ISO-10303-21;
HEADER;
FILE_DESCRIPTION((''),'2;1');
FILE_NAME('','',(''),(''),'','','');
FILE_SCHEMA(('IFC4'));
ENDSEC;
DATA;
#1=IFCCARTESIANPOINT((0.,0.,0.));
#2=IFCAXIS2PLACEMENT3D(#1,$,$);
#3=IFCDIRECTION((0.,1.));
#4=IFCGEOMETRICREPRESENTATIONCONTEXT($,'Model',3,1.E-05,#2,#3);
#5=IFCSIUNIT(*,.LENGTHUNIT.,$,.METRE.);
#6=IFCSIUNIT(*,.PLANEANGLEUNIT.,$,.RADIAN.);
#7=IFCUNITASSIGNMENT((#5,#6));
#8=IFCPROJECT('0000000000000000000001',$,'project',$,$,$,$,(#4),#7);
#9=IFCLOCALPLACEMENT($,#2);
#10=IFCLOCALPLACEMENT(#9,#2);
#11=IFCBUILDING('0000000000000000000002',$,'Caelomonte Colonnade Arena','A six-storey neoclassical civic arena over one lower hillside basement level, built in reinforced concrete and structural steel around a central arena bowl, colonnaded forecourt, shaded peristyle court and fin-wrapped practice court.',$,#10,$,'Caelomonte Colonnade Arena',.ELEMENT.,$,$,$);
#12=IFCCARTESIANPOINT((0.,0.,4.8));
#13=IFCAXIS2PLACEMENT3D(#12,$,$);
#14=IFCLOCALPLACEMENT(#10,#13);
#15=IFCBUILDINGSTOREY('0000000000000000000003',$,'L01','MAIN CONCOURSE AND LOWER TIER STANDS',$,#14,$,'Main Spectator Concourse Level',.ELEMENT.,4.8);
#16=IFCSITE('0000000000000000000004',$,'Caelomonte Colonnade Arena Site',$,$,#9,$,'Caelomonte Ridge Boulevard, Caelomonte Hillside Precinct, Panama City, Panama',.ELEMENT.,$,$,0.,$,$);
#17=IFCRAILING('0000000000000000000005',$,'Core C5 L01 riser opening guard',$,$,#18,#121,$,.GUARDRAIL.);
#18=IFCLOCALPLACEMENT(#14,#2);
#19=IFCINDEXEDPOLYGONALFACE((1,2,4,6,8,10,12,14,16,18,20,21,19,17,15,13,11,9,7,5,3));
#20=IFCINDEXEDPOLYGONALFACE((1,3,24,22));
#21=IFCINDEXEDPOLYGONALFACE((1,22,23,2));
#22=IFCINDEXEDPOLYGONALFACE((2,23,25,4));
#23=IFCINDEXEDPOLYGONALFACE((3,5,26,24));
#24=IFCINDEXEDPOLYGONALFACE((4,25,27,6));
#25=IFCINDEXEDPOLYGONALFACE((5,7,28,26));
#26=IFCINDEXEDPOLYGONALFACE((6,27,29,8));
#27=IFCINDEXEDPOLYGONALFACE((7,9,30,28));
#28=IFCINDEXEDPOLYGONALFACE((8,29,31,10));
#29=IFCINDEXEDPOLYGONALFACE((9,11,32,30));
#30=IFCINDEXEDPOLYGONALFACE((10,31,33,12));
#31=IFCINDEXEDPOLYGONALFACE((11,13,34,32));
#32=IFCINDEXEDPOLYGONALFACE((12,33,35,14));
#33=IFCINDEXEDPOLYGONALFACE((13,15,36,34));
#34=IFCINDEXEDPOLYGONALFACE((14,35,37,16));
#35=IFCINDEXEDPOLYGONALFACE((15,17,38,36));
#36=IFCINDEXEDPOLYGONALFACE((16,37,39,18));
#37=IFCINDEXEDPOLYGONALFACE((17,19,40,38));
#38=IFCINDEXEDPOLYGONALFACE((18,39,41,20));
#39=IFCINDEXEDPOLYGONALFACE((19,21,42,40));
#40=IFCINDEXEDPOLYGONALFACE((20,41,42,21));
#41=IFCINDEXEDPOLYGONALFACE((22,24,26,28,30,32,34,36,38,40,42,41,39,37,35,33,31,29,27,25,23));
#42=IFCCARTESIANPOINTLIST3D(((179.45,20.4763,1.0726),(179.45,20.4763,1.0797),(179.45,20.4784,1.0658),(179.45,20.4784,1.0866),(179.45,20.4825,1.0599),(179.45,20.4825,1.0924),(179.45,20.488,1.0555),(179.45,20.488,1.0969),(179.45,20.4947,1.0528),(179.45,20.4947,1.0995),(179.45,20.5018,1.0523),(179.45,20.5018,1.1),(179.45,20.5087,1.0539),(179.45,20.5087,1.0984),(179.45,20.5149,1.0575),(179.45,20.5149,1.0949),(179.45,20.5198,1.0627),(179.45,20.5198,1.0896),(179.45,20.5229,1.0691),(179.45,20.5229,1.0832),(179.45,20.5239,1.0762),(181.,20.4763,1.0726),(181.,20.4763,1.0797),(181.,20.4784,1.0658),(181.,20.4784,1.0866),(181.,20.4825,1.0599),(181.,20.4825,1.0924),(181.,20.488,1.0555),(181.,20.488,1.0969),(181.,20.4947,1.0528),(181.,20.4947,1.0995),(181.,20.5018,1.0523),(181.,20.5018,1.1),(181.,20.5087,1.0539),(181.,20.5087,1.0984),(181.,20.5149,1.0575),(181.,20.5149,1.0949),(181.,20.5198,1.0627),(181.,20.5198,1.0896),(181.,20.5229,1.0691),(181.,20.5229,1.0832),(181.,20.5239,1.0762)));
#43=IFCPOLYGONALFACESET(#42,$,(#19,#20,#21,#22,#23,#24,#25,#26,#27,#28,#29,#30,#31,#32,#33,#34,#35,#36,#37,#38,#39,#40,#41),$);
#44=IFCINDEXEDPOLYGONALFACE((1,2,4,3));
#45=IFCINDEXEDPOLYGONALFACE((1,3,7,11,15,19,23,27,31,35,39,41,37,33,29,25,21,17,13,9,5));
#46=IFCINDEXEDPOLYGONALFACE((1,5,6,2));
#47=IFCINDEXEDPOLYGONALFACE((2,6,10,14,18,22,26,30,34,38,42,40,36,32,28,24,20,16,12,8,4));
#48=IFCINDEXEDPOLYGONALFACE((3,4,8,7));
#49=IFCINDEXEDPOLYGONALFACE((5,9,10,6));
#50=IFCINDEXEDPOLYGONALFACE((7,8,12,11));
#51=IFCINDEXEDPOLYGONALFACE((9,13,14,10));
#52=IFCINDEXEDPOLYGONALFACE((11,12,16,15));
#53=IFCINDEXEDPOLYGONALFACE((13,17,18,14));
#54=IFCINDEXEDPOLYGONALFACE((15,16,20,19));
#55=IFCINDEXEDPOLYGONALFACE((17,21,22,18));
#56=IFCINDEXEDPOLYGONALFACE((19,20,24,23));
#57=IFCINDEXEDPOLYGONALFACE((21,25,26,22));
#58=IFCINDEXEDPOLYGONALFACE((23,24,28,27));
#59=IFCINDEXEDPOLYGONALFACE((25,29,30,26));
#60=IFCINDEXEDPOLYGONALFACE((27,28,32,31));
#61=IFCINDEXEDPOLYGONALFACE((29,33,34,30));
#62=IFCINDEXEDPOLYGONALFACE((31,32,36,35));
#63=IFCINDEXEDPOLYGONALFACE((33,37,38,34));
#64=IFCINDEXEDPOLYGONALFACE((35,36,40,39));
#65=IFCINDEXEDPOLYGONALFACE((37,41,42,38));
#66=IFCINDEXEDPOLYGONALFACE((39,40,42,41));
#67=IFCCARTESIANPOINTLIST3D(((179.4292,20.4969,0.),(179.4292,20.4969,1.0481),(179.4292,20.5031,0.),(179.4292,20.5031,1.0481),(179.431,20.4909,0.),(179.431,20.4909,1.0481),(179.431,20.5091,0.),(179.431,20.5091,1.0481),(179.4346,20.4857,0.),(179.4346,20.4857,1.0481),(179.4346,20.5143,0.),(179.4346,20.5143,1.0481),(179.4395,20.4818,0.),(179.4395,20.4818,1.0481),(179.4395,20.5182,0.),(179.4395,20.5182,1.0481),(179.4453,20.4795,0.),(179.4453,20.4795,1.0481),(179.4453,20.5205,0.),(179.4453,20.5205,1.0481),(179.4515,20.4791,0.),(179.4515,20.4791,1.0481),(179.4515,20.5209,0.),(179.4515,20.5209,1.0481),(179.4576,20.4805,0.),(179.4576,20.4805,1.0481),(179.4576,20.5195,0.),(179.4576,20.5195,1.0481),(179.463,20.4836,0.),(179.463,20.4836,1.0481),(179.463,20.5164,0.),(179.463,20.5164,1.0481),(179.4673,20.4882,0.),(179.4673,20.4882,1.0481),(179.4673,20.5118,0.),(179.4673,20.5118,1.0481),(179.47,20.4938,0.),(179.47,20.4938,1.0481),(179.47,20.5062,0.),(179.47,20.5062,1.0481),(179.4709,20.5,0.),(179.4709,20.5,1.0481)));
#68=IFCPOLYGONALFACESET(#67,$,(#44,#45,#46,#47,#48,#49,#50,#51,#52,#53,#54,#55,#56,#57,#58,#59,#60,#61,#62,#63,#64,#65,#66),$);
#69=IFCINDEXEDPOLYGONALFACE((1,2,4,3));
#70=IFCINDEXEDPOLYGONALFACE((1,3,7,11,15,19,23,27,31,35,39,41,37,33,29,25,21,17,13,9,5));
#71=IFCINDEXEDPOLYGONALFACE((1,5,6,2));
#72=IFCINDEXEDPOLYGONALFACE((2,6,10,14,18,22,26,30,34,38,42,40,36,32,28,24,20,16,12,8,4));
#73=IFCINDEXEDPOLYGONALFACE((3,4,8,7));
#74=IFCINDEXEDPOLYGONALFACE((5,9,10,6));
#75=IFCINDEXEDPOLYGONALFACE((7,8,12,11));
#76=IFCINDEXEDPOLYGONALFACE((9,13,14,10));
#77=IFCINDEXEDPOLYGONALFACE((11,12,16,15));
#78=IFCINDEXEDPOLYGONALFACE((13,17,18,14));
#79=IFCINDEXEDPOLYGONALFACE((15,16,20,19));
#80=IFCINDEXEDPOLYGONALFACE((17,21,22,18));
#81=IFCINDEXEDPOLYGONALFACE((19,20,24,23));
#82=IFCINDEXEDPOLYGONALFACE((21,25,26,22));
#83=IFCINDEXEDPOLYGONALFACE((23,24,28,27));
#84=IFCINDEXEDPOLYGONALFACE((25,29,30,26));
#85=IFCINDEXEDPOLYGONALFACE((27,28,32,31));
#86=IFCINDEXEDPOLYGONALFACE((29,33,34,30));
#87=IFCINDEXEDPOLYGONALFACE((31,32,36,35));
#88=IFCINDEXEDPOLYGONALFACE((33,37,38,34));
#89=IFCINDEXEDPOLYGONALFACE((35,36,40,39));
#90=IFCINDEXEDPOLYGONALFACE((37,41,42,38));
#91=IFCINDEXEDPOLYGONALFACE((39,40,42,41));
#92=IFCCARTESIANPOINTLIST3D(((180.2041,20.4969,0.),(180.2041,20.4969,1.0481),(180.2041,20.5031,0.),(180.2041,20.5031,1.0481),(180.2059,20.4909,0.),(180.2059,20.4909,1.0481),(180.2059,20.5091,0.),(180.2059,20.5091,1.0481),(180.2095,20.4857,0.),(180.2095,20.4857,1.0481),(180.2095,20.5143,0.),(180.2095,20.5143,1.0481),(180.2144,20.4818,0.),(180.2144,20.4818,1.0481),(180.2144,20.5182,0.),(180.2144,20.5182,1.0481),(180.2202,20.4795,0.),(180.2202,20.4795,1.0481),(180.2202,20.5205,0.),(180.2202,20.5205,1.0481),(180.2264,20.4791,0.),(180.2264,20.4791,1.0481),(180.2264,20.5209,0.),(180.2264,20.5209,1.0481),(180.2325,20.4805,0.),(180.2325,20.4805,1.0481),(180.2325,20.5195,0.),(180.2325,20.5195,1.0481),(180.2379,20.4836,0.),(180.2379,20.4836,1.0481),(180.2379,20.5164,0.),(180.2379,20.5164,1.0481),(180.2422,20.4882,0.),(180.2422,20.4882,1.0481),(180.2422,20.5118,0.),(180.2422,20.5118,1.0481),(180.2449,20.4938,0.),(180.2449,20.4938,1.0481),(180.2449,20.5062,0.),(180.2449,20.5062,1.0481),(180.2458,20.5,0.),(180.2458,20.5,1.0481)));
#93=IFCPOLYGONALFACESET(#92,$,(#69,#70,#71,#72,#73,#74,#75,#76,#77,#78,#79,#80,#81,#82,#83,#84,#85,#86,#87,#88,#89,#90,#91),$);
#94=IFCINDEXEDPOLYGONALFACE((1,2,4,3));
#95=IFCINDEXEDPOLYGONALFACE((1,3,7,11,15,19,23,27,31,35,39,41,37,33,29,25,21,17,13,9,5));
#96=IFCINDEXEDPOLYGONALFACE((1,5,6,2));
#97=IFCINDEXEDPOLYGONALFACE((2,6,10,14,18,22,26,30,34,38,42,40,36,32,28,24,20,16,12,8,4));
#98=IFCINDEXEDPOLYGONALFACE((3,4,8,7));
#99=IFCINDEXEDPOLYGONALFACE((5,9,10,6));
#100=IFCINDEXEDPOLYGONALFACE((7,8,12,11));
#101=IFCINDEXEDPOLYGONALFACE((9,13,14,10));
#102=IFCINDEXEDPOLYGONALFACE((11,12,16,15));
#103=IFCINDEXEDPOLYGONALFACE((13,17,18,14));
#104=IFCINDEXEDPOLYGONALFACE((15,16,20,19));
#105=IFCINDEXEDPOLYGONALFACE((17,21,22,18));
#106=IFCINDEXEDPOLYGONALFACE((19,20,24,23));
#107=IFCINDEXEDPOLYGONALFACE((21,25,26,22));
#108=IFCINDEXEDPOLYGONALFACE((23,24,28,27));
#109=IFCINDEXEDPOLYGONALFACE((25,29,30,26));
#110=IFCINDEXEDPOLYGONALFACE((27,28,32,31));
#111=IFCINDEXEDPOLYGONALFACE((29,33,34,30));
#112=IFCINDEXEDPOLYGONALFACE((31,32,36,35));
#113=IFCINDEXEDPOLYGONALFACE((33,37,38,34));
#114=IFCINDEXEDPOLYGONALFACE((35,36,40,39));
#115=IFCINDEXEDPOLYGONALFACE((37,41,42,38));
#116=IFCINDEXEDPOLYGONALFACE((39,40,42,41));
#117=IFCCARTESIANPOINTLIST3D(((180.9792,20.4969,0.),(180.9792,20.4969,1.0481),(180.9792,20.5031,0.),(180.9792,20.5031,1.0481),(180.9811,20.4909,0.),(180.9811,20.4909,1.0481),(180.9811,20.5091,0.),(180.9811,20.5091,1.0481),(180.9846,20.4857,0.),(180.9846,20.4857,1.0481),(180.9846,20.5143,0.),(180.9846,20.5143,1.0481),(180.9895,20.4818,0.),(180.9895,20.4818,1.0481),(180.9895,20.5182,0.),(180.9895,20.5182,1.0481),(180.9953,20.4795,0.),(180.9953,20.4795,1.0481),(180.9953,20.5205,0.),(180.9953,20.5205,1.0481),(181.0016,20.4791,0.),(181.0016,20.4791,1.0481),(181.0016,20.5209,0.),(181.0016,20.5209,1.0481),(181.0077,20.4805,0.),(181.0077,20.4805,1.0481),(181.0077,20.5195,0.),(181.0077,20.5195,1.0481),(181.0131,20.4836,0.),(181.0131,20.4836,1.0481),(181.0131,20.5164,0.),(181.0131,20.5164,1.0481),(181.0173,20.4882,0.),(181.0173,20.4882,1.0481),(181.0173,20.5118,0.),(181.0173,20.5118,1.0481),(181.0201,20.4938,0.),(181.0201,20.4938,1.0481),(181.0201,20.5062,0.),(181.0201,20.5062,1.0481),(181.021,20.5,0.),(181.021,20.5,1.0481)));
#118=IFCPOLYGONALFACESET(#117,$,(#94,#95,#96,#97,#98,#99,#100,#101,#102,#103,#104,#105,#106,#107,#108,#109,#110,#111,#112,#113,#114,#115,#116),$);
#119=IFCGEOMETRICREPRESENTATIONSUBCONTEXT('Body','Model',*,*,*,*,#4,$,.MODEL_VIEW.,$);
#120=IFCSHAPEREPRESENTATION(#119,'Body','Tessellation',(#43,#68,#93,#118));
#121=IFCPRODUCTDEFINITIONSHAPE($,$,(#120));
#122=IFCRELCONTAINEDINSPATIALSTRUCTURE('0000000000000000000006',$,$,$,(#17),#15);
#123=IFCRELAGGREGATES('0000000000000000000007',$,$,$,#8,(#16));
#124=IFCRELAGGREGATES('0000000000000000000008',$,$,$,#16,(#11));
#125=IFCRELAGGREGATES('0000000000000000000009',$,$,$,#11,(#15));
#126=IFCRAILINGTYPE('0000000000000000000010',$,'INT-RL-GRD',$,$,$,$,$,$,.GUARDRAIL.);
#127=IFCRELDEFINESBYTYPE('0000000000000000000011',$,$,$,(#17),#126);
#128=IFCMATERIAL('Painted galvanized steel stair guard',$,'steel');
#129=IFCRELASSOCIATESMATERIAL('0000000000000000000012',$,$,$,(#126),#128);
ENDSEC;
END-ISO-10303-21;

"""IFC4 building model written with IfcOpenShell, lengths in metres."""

from ifc_helpers import new_model, si_unit, direction, frame, origin, origin_2d, place, context, subcontext, project, spatial, circle, extrude, material, type_object, element, save


model = new_model("IFC4")

# Units and contexts
model_context = context("Model", 3, precision=1e-05, world=origin(), true_north=direction((0.0, 1.0)))
body_context = subcontext(model_context, "Body", "Model", "MODEL_VIEW")
ifc_project = project(units=[si_unit("LENGTHUNIT", "METRE"), si_unit("PLANEANGLEUNIT", "RADIAN")], contexts=[model_context])

# Site, building, storey
site_placement = place(None, origin())
site = spatial("IfcSite", under=ifc_project, at=site_placement, Name="Caelomonte Colonnade Arena Site", LongName="Caelomonte Ridge Boulevard, Caelomonte Hillside Precinct, Panama City, Panama", CompositionType="ELEMENT", RefElevation=0.0)
building_placement = place(site_placement, origin())
building = spatial("IfcBuilding", under=site, at=building_placement, Name="Caelomonte Colonnade Arena", Description="A six-storey neoclassical civic arena over one lower hillside basement level, built in reinforced concrete and structural steel around a central arena bowl, colonnaded forecourt, shaded peristyle court and fin-wrapped practice court.", LongName="Caelomonte Colonnade Arena", CompositionType="ELEMENT")
storey_placement = place(building_placement, frame((0.0, 0.0, 4.8)))
storey = spatial("IfcBuildingStorey", under=building, at=storey_placement, Name="L01", Description="MAIN CONCOURSE AND LOWER TIER STANDS", LongName="Main Spectator Concourse Level", CompositionType="ELEMENT", Elevation=4.8)

# Railing
ifc_material_1 = material(Name="Painted galvanized steel stair guard", Category="steel")
railing_type = type_object("IfcRailingType", Name="INT-RL-GRD", PredefinedType="GUARDRAIL", material=ifc_material_1)
railing_placement = place(storey_placement, frame((179.45, 20.5, 0.0)))
element("IfcRailing", 1, at=railing_placement, inside=storey, type_object=railing_type, Name="Core C5 L01 riser opening guard", PredefinedType="GUARDRAIL", context=body_context, shape_type="SweptSolid", body=[
    extrude(circle(Radius=0.0239, at=origin_2d()), frame((0.0, 0.0, 1.0762), z_axis=(1.0, 0.0, 0.0), x_axis=(0.0, 1.0, 0.0)), (0.0, 0.0, 1.0), 1.55),
    extrude(circle(Radius=0.021, at=origin_2d()), origin(), (0.0, 0.0, 1.0), 1.0481),
    extrude(circle(Radius=0.021, at=origin_2d()), frame((0.7749, 0.0, 0.0)), (0.0, 0.0, 1.0), 1.0481),
    extrude(circle(Radius=0.021, at=origin_2d()), frame((1.55, 0.0, 0.0)), (0.0, 0.0, 1.0), 1.0481),
])

save(model, "model.ifc")
